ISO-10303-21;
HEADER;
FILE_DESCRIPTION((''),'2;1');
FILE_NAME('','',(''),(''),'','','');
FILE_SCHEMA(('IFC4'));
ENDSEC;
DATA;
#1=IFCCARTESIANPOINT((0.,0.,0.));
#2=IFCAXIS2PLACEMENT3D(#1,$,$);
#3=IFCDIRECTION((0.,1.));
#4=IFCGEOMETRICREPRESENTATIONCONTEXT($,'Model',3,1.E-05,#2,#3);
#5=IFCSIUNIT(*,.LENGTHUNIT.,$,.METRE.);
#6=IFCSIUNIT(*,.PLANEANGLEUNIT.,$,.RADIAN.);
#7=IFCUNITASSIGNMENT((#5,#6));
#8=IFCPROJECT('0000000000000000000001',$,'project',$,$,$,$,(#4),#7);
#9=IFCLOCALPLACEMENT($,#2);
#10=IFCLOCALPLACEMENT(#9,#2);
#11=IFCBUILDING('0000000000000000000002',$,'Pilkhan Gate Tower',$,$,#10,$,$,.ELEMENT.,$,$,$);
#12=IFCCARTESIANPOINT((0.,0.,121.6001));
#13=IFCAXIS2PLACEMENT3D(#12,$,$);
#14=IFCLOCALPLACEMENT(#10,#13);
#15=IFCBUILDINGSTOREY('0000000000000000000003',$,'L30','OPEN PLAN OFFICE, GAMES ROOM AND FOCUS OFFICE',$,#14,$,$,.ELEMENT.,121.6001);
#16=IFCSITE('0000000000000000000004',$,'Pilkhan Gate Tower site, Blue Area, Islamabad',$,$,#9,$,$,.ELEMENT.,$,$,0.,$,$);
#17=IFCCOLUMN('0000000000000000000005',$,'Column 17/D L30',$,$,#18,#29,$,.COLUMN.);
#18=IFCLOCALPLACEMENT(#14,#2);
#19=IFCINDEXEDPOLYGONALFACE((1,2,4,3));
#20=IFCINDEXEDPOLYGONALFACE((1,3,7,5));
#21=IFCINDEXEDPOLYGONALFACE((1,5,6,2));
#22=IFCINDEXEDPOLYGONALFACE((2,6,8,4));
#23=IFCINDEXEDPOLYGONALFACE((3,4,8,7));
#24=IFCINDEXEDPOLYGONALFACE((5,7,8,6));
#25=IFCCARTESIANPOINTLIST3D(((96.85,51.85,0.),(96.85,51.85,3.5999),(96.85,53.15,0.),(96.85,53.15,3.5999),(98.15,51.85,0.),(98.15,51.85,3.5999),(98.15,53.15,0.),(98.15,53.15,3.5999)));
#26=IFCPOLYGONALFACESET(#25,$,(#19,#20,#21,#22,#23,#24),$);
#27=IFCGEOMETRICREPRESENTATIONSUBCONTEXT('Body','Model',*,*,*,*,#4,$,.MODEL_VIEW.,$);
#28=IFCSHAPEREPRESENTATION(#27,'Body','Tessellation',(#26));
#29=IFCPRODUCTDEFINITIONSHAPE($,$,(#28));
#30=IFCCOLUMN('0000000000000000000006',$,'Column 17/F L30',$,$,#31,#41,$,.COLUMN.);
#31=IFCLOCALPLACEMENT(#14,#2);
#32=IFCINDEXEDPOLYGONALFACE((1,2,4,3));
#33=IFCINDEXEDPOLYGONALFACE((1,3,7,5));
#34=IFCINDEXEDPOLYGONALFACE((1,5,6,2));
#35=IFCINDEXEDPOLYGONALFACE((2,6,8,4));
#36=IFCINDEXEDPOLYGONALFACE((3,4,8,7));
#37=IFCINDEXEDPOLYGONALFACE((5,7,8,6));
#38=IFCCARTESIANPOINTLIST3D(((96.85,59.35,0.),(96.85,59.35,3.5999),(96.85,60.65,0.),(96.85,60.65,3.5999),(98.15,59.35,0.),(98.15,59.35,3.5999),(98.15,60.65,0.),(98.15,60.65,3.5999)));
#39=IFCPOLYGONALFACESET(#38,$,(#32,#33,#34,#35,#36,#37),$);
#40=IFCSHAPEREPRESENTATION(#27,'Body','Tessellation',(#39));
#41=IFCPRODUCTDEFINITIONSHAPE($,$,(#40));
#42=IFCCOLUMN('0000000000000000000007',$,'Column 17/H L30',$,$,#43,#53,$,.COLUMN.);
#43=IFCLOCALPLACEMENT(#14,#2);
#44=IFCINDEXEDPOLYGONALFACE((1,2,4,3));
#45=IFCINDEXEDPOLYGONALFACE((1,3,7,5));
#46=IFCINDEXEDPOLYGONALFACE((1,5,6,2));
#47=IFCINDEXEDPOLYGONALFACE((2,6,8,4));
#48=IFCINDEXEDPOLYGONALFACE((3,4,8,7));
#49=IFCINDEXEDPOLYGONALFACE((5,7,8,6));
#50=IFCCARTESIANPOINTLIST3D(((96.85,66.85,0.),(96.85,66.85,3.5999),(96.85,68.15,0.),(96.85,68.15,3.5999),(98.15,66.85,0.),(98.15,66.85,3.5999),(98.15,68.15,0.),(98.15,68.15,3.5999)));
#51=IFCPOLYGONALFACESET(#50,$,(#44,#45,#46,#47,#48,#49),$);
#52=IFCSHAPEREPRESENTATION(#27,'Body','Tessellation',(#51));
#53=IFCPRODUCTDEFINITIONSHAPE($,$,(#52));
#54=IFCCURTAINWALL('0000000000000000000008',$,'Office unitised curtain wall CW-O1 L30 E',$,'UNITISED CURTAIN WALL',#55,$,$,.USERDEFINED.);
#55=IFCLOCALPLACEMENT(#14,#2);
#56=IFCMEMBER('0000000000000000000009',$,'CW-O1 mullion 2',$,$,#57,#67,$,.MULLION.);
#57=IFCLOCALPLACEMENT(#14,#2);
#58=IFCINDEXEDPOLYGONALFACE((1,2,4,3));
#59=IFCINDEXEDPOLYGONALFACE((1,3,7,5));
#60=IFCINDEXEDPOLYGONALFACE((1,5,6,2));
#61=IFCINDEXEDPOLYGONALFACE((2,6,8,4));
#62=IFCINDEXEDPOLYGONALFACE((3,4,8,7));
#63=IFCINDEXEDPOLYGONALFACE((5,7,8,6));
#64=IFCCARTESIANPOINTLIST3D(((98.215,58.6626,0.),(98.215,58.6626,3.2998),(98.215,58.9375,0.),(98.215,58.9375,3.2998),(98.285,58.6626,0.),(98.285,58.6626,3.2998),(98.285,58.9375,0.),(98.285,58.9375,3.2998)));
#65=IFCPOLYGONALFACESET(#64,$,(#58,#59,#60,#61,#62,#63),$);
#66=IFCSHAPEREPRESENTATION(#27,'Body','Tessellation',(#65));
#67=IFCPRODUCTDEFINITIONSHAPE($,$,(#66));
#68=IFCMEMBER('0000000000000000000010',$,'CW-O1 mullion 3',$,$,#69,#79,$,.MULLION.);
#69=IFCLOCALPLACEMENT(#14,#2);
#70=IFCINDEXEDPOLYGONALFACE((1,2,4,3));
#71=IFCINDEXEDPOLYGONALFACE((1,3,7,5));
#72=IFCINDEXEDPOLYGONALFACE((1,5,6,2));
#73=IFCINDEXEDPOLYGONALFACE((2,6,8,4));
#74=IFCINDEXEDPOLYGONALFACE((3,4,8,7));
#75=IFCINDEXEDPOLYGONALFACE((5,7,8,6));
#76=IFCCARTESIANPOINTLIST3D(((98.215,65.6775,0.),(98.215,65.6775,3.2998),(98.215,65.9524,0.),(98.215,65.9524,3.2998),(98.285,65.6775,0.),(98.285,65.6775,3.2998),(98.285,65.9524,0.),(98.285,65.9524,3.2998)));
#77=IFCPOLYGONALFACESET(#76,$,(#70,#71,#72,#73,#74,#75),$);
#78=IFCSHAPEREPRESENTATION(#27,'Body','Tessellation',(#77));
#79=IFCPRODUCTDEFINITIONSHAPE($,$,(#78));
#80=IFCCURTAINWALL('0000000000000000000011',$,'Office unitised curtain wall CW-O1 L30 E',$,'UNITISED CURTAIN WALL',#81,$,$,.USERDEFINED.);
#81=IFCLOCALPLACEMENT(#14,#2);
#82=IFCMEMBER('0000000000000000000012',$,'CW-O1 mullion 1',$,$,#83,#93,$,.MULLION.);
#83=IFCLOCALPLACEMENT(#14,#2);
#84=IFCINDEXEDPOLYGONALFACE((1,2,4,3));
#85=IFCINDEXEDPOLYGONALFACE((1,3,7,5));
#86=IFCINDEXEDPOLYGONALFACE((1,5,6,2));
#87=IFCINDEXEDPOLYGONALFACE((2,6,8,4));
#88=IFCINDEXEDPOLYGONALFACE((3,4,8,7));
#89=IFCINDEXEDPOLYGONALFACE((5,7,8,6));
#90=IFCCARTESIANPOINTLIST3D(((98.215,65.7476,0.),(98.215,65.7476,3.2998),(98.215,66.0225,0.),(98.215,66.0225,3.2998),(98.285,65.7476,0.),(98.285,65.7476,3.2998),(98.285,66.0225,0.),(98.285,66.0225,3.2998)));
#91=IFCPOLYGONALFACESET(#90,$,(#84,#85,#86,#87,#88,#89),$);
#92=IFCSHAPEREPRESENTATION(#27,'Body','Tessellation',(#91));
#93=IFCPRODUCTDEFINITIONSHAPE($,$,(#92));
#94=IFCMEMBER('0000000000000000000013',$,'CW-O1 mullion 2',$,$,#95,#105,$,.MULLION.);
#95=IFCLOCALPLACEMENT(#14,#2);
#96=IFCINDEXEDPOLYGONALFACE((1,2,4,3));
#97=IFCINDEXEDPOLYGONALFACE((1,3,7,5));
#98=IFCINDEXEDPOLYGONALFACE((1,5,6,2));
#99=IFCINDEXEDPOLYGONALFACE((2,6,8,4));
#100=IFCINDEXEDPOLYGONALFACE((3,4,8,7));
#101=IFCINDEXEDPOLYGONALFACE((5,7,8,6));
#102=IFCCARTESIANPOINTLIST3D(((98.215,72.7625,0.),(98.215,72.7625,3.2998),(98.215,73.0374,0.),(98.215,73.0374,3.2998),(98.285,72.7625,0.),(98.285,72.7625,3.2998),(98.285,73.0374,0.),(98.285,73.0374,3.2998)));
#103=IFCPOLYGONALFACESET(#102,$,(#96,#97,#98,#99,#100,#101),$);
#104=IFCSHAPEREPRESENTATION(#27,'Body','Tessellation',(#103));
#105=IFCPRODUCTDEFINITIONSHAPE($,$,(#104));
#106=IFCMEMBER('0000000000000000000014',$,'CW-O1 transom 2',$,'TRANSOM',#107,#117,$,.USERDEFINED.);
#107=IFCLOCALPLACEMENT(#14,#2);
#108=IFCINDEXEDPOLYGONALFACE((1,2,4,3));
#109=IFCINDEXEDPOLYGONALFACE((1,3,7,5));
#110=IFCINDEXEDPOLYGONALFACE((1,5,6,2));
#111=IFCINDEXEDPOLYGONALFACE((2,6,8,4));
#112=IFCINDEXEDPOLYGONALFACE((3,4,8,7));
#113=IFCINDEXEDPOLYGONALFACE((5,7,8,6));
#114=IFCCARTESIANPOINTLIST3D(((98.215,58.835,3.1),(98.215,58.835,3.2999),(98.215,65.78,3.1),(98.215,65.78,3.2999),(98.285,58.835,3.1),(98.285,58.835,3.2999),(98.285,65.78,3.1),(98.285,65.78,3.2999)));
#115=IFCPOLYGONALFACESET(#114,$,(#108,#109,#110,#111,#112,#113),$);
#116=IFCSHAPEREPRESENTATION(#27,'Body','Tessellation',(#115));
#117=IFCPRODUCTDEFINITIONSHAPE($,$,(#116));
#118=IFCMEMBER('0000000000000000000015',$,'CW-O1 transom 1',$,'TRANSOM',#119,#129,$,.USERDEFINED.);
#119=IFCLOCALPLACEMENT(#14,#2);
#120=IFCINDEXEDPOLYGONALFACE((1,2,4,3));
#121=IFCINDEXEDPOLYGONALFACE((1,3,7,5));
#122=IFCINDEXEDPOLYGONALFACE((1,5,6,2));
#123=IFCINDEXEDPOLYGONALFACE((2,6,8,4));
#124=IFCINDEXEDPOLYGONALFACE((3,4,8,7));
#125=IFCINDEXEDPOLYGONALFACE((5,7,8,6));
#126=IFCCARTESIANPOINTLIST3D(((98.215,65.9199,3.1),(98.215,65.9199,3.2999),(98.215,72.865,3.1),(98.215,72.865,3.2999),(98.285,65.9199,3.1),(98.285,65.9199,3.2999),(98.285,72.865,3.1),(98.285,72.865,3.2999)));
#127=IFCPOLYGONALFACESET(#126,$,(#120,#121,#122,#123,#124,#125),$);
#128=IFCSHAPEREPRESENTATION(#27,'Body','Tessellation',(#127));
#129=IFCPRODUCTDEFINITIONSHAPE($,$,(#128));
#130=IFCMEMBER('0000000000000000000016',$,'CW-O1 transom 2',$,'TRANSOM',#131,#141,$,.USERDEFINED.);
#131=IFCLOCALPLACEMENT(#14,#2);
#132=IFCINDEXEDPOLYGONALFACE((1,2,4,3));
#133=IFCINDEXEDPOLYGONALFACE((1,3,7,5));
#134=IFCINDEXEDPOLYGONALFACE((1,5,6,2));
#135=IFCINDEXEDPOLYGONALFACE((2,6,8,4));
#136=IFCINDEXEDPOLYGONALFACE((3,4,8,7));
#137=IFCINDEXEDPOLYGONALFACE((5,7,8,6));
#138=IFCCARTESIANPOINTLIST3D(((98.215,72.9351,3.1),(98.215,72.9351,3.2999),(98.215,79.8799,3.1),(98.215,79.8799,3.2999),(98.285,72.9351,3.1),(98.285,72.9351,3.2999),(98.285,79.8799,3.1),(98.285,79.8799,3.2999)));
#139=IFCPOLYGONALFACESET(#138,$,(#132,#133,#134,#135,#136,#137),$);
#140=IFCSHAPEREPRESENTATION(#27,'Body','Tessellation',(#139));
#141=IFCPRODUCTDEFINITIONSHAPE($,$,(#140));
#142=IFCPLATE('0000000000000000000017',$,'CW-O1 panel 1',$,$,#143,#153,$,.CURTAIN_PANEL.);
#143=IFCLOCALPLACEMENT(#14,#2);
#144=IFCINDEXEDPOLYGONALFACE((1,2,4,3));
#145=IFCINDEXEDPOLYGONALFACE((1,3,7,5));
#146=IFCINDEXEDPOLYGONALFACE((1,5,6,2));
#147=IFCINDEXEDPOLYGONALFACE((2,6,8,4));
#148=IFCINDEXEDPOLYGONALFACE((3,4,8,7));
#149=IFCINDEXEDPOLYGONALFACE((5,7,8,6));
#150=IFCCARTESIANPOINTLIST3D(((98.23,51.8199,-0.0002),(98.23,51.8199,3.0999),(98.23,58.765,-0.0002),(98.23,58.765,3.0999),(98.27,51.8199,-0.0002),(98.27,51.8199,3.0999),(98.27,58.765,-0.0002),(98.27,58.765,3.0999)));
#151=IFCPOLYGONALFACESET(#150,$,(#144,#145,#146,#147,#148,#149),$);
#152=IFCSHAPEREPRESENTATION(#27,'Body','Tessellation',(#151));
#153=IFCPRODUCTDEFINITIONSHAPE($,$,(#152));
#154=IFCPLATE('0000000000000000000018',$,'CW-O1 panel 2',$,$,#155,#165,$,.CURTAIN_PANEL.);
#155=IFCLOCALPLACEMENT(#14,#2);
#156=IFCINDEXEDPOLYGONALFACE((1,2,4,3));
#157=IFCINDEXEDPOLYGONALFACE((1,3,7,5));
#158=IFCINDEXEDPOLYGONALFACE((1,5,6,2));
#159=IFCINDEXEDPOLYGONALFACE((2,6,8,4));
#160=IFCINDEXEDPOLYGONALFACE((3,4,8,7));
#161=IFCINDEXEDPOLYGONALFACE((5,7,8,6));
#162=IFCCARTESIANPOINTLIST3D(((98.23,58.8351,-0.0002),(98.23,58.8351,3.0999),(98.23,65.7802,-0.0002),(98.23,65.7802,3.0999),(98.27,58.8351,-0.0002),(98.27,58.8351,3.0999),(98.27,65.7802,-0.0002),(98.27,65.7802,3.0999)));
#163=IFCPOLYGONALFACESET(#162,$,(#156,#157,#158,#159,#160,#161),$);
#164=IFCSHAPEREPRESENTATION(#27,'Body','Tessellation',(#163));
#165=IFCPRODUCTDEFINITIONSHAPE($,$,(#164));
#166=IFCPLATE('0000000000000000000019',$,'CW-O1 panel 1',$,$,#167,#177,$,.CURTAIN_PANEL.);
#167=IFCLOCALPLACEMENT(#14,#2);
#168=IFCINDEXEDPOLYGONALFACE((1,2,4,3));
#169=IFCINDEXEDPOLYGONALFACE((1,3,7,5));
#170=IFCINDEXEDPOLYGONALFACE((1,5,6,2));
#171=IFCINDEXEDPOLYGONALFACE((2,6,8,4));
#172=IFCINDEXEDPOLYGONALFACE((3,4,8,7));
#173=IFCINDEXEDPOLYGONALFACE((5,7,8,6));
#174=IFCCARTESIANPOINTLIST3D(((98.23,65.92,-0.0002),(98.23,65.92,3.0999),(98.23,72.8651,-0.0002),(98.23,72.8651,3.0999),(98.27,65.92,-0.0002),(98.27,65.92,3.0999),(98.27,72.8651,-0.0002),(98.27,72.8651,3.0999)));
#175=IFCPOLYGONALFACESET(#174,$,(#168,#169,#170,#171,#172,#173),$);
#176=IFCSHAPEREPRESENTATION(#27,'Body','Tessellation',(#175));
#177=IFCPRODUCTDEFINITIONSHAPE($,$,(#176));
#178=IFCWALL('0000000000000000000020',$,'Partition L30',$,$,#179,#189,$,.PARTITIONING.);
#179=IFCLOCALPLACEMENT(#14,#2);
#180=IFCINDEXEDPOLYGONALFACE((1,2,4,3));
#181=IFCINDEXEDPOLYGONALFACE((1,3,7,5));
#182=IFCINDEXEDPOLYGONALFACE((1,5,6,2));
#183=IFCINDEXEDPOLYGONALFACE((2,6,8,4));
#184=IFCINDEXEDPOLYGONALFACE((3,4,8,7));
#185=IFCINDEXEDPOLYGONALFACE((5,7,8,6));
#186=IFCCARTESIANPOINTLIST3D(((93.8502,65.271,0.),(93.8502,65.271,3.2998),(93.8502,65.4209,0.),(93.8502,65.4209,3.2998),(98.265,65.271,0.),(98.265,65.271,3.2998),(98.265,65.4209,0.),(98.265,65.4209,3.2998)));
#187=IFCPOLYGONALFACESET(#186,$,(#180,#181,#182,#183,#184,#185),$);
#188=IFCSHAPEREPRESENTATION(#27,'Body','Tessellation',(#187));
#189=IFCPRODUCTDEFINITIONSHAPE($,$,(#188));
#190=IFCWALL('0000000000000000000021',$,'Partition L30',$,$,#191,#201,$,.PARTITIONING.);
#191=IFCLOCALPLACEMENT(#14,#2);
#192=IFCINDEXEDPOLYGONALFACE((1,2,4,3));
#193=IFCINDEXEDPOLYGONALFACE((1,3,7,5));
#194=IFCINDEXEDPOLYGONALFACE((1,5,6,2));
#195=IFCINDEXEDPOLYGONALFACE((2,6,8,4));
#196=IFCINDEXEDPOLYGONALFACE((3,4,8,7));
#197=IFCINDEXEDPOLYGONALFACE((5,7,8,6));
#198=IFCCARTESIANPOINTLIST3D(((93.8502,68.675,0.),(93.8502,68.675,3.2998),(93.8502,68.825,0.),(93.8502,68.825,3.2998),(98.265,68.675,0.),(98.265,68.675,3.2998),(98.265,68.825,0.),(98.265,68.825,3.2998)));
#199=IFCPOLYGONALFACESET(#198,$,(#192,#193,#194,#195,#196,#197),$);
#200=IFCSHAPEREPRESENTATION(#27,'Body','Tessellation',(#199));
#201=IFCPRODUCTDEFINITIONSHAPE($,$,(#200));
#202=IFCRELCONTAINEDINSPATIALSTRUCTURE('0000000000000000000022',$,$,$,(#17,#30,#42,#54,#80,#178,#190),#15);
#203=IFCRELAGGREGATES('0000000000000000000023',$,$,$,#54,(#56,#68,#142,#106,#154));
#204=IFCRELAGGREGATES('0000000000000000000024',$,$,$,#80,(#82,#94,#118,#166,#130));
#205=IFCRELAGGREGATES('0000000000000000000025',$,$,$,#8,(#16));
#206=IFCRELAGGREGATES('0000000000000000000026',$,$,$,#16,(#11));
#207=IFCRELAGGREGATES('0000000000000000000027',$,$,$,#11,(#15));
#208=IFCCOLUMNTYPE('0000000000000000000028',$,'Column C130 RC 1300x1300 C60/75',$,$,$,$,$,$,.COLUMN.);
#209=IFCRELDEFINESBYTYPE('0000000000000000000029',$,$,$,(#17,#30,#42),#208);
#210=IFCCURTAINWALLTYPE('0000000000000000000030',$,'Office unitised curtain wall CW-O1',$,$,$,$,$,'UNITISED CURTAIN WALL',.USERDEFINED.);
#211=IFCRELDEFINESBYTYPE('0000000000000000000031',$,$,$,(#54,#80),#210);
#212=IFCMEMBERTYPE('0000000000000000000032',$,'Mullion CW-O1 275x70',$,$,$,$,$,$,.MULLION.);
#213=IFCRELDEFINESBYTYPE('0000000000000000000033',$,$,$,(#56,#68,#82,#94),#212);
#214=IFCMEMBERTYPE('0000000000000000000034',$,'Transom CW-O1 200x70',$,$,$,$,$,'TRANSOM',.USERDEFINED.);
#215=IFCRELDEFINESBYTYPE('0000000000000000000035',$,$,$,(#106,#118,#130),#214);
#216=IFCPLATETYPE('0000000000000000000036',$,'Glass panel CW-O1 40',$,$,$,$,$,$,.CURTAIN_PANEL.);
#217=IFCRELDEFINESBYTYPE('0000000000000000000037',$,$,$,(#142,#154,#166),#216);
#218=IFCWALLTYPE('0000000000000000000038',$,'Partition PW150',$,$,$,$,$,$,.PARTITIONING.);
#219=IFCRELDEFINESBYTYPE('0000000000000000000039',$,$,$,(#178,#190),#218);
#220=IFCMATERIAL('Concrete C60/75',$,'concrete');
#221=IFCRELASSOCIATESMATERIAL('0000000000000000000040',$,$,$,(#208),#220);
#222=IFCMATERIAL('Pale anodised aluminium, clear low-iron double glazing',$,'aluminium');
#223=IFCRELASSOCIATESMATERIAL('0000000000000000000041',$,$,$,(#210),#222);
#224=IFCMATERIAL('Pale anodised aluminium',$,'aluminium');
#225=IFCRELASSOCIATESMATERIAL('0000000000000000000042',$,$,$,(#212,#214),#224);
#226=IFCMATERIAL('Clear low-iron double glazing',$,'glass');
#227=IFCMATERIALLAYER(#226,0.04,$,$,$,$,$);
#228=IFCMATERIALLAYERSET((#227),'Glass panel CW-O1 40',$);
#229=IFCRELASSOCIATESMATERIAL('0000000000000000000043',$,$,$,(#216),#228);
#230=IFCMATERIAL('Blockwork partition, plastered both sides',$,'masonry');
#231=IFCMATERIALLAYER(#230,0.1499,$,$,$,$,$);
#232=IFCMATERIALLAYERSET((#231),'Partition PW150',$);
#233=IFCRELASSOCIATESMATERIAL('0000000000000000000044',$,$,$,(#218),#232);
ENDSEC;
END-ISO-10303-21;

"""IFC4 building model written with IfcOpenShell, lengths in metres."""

from ifc_helpers import new_model, si_unit, direction, frame, frame_2d, origin, origin_2d, place, context, subcontext, project, spatial, rectangle, extrude, material, layer, layer_set, material_profile, profile_set, type_object, element, aggregate, save


model = new_model("IFC4")

# Units and contexts
model_context = context("Model", 3, precision=1e-05, world=origin(), true_north=direction((0.0, 1.0)))
body_context = subcontext(model_context, "Body", "Model", "MODEL_VIEW")
ifc_project = project(units=[si_unit("LENGTHUNIT", "METRE"), si_unit("PLANEANGLEUNIT", "RADIAN")], contexts=[model_context])

# Site, building, storey
site_placement = place(None, origin())
site = spatial("IfcSite", under=ifc_project, at=site_placement, Name="Pilkhan Gate Tower site, Blue Area, Islamabad", CompositionType="ELEMENT", RefElevation=0.0)
building_placement = place(site_placement, origin())
building = spatial("IfcBuilding", under=site, at=building_placement, Name="Pilkhan Gate Tower", CompositionType="ELEMENT")
storey_placement = place(building_placement, frame((0.0, 0.0, 121.6001)))
storey = spatial("IfcBuildingStorey", under=building, at=storey_placement, Name="L30", Description="OPEN PLAN OFFICE, GAMES ROOM AND FOCUS OFFICE", CompositionType="ELEMENT", Elevation=121.6001)

# Columns
ifc_material_1 = material(Name="Concrete C60/75", Category="concrete")
ifc_material_profile_1 = material_profile(ifc_material_1, rectangle(XDim=1.3, YDim=1.3, at=origin_2d()), Name="RC 1300x1300")
ifc_profile_set_1 = profile_set([ifc_material_profile_1], Name="Concrete C60/75")
column_type = type_object("IfcColumnType", Name="Column C130 RC 1300x1300 C60/75", PredefinedType="COLUMN", material=ifc_profile_set_1)
for number, where, z_axis, x_axis, name in (
    (1, (97.5, 52.5, 0.0), (0.0, 0.0, 1.0), (1.0, 0.0, 0.0), "Column 17/D L30"),
    (2, (97.5, 60.0, 0.0), (0.0, 0.0, 1.0), (1.0, 0.0, 0.0), "Column 17/F L30"),
    (3, (97.5, 67.5, 0.0), (0.0, 0.0, 1.0), (1.0, 0.0, 0.0), "Column 17/H L30"),
):
    element("IfcColumn", number, at=place(storey_placement, frame(where, z_axis=z_axis, x_axis=x_axis)), inside=storey, type_object=column_type, Name=name, PredefinedType="COLUMN", context=body_context, shape_type="SweptSolid", body=[
        extrude(rectangle(XDim=1.3, YDim=1.3, at=origin_2d()), origin(), (0.0, 0.0, 1.0), 3.5999),
    ])

# Curtain walls, members
ifc_material_2 = material(Name="Pale anodised aluminium, clear low-iron double glazing", Category="aluminium")
curtain_wall_type = type_object("IfcCurtainWallType", Name="Office unitised curtain wall CW-O1", ElementType="UNITISED CURTAIN WALL", PredefinedType="USERDEFINED", material=ifc_material_2)
curtain_wall_1_placement = place(storey_placement, origin())
curtain_wall_1 = element("IfcCurtainWall", 4, at=curtain_wall_1_placement, inside=storey, type_object=curtain_wall_type, Name="Office unitised curtain wall CW-O1 L30 E", ObjectType="UNITISED CURTAIN WALL", PredefinedType="USERDEFINED")
ifc_material_3 = material(Name="Pale anodised aluminium", Category="aluminium")
ifc_material_profile_2 = material_profile(ifc_material_3, rectangle(XDim=0.0701, YDim=0.2749, at=origin_2d()), Name="Mullion 275x70")
ifc_profile_set_2 = profile_set([ifc_material_profile_2], Name="Pale anodised aluminium")
member_type_1 = type_object("IfcMemberType", Name="Mullion CW-O1 275x70", PredefinedType="MULLION", material=ifc_profile_set_2)
member_1_placement = place(storey_placement, frame((98.25, 58.8, 0.0), z_axis=(0.0, 0.0, 1.0), x_axis=(-1.0, 0.0, 0.0)))
member_1 = element("IfcMember", 5, at=member_1_placement, type_object=member_type_1, Name="CW-O1 mullion 2", PredefinedType="MULLION", context=body_context, shape_type="SweptSolid", body=[
    extrude(rectangle(XDim=0.0701, YDim=0.2749, at=origin_2d()), origin(), (0.0, 0.0, 1.0), 3.2998),
])
member_2_placement = place(storey_placement, frame((98.25, 65.8149, 0.0), z_axis=(0.0, 0.0, 1.0), x_axis=(-1.0, 0.0, 0.0)))
member_2 = element("IfcMember", 6, at=member_2_placement, type_object=member_type_1, Name="CW-O1 mullion 3", PredefinedType="MULLION", context=body_context, shape_type="SweptSolid", body=[
    extrude(rectangle(XDim=0.0701, YDim=0.2749, at=origin_2d()), origin(), (0.0, 0.0, 1.0), 3.2998),
])
curtain_wall_2_placement = place(storey_placement, origin())
curtain_wall_2 = element("IfcCurtainWall", 7, at=curtain_wall_2_placement, inside=storey, type_object=curtain_wall_type, Name="Office unitised curtain wall CW-O1 L30 E", ObjectType="UNITISED CURTAIN WALL", PredefinedType="USERDEFINED")
member_3_placement = place(storey_placement, frame((98.25, 65.885, 0.0), z_axis=(0.0, 0.0, 1.0), x_axis=(-1.0, 0.0, 0.0)))
member_3 = element("IfcMember", 8, at=member_3_placement, type_object=member_type_1, Name="CW-O1 mullion 1", PredefinedType="MULLION", context=body_context, shape_type="SweptSolid", body=[
    extrude(rectangle(XDim=0.0701, YDim=0.2749, at=origin_2d()), origin(), (0.0, 0.0, 1.0), 3.2998),
])
member_4_placement = place(storey_placement, frame((98.25, 72.8999, 0.0), z_axis=(0.0, 0.0, 1.0), x_axis=(-1.0, 0.0, 0.0)))
member_4 = element("IfcMember", 9, at=member_4_placement, type_object=member_type_1, Name="CW-O1 mullion 2", PredefinedType="MULLION", context=body_context, shape_type="SweptSolid", body=[
    extrude(rectangle(XDim=0.0701, YDim=0.2749, at=origin_2d()), origin(), (0.0, 0.0, 1.0), 3.2998),
])

# Members
ifc_material_profile_3 = material_profile(ifc_material_3, rectangle(XDim=0.0701, YDim=0.2, at=origin_2d()), Name="Transom 200x70")
ifc_profile_set_3 = profile_set([ifc_material_profile_3], Name="Pale anodised aluminium")
member_type_2 = type_object("IfcMemberType", Name="Transom CW-O1 200x70", ElementType="TRANSOM", PredefinedType="USERDEFINED", material=ifc_profile_set_3)
member_5_placement = place(storey_placement, frame((98.25, 58.835, 3.2), z_axis=(0.0, 1.0, 0.0), x_axis=(-1.0, 0.0, 0.0)))
member_5 = element("IfcMember", 10, at=member_5_placement, type_object=member_type_2, Name="CW-O1 transom 2", ObjectType="TRANSOM", PredefinedType="USERDEFINED", context=body_context, shape_type="SweptSolid", body=[
    extrude(rectangle(XDim=0.0701, YDim=0.2, at=origin_2d()), origin(), (0.0, 0.0, 1.0), 6.9451),
])
member_6_placement = place(storey_placement, frame((98.25, 65.9199, 3.2), z_axis=(0.0, 1.0, 0.0), x_axis=(-1.0, 0.0, 0.0)))
member_6 = element("IfcMember", 11, at=member_6_placement, type_object=member_type_2, Name="CW-O1 transom 1", ObjectType="TRANSOM", PredefinedType="USERDEFINED", context=body_context, shape_type="SweptSolid", body=[
    extrude(rectangle(XDim=0.0701, YDim=0.2, at=origin_2d()), origin(), (0.0, 0.0, 1.0), 6.9451),
])
member_7_placement = place(storey_placement, frame((98.25, 72.9351, 3.2), z_axis=(0.0, 1.0, 0.0), x_axis=(-1.0, 0.0, 0.0)))
member_7 = element("IfcMember", 12, at=member_7_placement, type_object=member_type_2, Name="CW-O1 transom 2", ObjectType="TRANSOM", PredefinedType="USERDEFINED", context=body_context, shape_type="SweptSolid", body=[
    extrude(rectangle(XDim=0.0701, YDim=0.2, at=origin_2d()), origin(), (0.0, 0.0, 1.0), 6.9448),
])

# Plates
ifc_material_4 = material(Name="Clear low-iron double glazing", Category="glass")
ifc_layer_1 = layer(ifc_material_4, 0.04)
ifc_layer_set_1 = layer_set([ifc_layer_1], Name="Glass panel CW-O1 40")
plate_type = type_object("IfcPlateType", Name="Glass panel CW-O1 40", PredefinedType="CURTAIN_PANEL", material=ifc_layer_set_1)
plate_1_placement = place(storey_placement, frame((98.25, 55.2925, -0.0002), z_axis=(0.0, 0.0, 1.0), x_axis=(0.0, 1.0, 0.0)))
plate_1 = element("IfcPlate", 13, at=plate_1_placement, type_object=plate_type, Name="CW-O1 panel 1", PredefinedType="CURTAIN_PANEL", context=body_context, shape_type="SweptSolid", body=[
    extrude(rectangle(XDim=6.9451, YDim=0.04, at=origin_2d()), origin(), (0.0, 0.0, 1.0), 3.1001),
])
plate_2_placement = place(storey_placement, frame((98.25, 62.3076, -0.0002), z_axis=(0.0, 0.0, 1.0), x_axis=(0.0, 1.0, 0.0)))
plate_2 = element("IfcPlate", 14, at=plate_2_placement, type_object=plate_type, Name="CW-O1 panel 2", PredefinedType="CURTAIN_PANEL", context=body_context, shape_type="SweptSolid", body=[
    extrude(rectangle(XDim=6.9451, YDim=0.04, at=origin_2d()), origin(), (0.0, 0.0, 1.0), 3.1001),
])
aggregate(curtain_wall_1, [member_1, member_2, plate_1, member_5, plate_2])
plate_3_placement = place(storey_placement, frame((98.25, 69.3926, -0.0002), z_axis=(0.0, 0.0, 1.0), x_axis=(0.0, 1.0, 0.0)))
plate_3 = element("IfcPlate", 15, at=plate_3_placement, type_object=plate_type, Name="CW-O1 panel 1", PredefinedType="CURTAIN_PANEL", context=body_context, shape_type="SweptSolid", body=[
    extrude(rectangle(XDim=6.9451, YDim=0.04, at=origin_2d()), origin(), (0.0, 0.0, 1.0), 3.1001),
])
aggregate(curtain_wall_2, [member_3, member_4, member_6, plate_3, member_7])

# Walls
ifc_material_5 = material(Name="Blockwork partition, plastered both sides", Category="masonry")
ifc_layer_2 = layer(ifc_material_5, 0.1499)
ifc_layer_set_2 = layer_set([ifc_layer_2], Name="Partition PW150")
wall_type = type_object("IfcWallType", Name="Partition PW150", PredefinedType="PARTITIONING", material=ifc_layer_set_2)
for number, where, z_axis, x_axis, name in (
    (16, (93.8501, 65.3459, 0.0), (0.0, 0.0, 1.0), (1.0, 0.0, 0.0), "Partition L30"),
    (17, (93.8501, 68.75, 0.0), (0.0, 0.0, 1.0), (1.0, 0.0, 0.0), "Partition L30"),
):
    element("IfcWall", number, at=place(storey_placement, frame(where, z_axis=z_axis, x_axis=x_axis)), inside=storey, type_object=wall_type, Name=name, PredefinedType="PARTITIONING", context=body_context, shape_type="SweptSolid", body=[
        extrude(rectangle(XDim=4.4148, YDim=0.1499, at=frame_2d((2.2075, 0.0))), origin(), (0.0, 0.0, 1.0), 3.2998),
    ])

save(model, "model.ifc")
